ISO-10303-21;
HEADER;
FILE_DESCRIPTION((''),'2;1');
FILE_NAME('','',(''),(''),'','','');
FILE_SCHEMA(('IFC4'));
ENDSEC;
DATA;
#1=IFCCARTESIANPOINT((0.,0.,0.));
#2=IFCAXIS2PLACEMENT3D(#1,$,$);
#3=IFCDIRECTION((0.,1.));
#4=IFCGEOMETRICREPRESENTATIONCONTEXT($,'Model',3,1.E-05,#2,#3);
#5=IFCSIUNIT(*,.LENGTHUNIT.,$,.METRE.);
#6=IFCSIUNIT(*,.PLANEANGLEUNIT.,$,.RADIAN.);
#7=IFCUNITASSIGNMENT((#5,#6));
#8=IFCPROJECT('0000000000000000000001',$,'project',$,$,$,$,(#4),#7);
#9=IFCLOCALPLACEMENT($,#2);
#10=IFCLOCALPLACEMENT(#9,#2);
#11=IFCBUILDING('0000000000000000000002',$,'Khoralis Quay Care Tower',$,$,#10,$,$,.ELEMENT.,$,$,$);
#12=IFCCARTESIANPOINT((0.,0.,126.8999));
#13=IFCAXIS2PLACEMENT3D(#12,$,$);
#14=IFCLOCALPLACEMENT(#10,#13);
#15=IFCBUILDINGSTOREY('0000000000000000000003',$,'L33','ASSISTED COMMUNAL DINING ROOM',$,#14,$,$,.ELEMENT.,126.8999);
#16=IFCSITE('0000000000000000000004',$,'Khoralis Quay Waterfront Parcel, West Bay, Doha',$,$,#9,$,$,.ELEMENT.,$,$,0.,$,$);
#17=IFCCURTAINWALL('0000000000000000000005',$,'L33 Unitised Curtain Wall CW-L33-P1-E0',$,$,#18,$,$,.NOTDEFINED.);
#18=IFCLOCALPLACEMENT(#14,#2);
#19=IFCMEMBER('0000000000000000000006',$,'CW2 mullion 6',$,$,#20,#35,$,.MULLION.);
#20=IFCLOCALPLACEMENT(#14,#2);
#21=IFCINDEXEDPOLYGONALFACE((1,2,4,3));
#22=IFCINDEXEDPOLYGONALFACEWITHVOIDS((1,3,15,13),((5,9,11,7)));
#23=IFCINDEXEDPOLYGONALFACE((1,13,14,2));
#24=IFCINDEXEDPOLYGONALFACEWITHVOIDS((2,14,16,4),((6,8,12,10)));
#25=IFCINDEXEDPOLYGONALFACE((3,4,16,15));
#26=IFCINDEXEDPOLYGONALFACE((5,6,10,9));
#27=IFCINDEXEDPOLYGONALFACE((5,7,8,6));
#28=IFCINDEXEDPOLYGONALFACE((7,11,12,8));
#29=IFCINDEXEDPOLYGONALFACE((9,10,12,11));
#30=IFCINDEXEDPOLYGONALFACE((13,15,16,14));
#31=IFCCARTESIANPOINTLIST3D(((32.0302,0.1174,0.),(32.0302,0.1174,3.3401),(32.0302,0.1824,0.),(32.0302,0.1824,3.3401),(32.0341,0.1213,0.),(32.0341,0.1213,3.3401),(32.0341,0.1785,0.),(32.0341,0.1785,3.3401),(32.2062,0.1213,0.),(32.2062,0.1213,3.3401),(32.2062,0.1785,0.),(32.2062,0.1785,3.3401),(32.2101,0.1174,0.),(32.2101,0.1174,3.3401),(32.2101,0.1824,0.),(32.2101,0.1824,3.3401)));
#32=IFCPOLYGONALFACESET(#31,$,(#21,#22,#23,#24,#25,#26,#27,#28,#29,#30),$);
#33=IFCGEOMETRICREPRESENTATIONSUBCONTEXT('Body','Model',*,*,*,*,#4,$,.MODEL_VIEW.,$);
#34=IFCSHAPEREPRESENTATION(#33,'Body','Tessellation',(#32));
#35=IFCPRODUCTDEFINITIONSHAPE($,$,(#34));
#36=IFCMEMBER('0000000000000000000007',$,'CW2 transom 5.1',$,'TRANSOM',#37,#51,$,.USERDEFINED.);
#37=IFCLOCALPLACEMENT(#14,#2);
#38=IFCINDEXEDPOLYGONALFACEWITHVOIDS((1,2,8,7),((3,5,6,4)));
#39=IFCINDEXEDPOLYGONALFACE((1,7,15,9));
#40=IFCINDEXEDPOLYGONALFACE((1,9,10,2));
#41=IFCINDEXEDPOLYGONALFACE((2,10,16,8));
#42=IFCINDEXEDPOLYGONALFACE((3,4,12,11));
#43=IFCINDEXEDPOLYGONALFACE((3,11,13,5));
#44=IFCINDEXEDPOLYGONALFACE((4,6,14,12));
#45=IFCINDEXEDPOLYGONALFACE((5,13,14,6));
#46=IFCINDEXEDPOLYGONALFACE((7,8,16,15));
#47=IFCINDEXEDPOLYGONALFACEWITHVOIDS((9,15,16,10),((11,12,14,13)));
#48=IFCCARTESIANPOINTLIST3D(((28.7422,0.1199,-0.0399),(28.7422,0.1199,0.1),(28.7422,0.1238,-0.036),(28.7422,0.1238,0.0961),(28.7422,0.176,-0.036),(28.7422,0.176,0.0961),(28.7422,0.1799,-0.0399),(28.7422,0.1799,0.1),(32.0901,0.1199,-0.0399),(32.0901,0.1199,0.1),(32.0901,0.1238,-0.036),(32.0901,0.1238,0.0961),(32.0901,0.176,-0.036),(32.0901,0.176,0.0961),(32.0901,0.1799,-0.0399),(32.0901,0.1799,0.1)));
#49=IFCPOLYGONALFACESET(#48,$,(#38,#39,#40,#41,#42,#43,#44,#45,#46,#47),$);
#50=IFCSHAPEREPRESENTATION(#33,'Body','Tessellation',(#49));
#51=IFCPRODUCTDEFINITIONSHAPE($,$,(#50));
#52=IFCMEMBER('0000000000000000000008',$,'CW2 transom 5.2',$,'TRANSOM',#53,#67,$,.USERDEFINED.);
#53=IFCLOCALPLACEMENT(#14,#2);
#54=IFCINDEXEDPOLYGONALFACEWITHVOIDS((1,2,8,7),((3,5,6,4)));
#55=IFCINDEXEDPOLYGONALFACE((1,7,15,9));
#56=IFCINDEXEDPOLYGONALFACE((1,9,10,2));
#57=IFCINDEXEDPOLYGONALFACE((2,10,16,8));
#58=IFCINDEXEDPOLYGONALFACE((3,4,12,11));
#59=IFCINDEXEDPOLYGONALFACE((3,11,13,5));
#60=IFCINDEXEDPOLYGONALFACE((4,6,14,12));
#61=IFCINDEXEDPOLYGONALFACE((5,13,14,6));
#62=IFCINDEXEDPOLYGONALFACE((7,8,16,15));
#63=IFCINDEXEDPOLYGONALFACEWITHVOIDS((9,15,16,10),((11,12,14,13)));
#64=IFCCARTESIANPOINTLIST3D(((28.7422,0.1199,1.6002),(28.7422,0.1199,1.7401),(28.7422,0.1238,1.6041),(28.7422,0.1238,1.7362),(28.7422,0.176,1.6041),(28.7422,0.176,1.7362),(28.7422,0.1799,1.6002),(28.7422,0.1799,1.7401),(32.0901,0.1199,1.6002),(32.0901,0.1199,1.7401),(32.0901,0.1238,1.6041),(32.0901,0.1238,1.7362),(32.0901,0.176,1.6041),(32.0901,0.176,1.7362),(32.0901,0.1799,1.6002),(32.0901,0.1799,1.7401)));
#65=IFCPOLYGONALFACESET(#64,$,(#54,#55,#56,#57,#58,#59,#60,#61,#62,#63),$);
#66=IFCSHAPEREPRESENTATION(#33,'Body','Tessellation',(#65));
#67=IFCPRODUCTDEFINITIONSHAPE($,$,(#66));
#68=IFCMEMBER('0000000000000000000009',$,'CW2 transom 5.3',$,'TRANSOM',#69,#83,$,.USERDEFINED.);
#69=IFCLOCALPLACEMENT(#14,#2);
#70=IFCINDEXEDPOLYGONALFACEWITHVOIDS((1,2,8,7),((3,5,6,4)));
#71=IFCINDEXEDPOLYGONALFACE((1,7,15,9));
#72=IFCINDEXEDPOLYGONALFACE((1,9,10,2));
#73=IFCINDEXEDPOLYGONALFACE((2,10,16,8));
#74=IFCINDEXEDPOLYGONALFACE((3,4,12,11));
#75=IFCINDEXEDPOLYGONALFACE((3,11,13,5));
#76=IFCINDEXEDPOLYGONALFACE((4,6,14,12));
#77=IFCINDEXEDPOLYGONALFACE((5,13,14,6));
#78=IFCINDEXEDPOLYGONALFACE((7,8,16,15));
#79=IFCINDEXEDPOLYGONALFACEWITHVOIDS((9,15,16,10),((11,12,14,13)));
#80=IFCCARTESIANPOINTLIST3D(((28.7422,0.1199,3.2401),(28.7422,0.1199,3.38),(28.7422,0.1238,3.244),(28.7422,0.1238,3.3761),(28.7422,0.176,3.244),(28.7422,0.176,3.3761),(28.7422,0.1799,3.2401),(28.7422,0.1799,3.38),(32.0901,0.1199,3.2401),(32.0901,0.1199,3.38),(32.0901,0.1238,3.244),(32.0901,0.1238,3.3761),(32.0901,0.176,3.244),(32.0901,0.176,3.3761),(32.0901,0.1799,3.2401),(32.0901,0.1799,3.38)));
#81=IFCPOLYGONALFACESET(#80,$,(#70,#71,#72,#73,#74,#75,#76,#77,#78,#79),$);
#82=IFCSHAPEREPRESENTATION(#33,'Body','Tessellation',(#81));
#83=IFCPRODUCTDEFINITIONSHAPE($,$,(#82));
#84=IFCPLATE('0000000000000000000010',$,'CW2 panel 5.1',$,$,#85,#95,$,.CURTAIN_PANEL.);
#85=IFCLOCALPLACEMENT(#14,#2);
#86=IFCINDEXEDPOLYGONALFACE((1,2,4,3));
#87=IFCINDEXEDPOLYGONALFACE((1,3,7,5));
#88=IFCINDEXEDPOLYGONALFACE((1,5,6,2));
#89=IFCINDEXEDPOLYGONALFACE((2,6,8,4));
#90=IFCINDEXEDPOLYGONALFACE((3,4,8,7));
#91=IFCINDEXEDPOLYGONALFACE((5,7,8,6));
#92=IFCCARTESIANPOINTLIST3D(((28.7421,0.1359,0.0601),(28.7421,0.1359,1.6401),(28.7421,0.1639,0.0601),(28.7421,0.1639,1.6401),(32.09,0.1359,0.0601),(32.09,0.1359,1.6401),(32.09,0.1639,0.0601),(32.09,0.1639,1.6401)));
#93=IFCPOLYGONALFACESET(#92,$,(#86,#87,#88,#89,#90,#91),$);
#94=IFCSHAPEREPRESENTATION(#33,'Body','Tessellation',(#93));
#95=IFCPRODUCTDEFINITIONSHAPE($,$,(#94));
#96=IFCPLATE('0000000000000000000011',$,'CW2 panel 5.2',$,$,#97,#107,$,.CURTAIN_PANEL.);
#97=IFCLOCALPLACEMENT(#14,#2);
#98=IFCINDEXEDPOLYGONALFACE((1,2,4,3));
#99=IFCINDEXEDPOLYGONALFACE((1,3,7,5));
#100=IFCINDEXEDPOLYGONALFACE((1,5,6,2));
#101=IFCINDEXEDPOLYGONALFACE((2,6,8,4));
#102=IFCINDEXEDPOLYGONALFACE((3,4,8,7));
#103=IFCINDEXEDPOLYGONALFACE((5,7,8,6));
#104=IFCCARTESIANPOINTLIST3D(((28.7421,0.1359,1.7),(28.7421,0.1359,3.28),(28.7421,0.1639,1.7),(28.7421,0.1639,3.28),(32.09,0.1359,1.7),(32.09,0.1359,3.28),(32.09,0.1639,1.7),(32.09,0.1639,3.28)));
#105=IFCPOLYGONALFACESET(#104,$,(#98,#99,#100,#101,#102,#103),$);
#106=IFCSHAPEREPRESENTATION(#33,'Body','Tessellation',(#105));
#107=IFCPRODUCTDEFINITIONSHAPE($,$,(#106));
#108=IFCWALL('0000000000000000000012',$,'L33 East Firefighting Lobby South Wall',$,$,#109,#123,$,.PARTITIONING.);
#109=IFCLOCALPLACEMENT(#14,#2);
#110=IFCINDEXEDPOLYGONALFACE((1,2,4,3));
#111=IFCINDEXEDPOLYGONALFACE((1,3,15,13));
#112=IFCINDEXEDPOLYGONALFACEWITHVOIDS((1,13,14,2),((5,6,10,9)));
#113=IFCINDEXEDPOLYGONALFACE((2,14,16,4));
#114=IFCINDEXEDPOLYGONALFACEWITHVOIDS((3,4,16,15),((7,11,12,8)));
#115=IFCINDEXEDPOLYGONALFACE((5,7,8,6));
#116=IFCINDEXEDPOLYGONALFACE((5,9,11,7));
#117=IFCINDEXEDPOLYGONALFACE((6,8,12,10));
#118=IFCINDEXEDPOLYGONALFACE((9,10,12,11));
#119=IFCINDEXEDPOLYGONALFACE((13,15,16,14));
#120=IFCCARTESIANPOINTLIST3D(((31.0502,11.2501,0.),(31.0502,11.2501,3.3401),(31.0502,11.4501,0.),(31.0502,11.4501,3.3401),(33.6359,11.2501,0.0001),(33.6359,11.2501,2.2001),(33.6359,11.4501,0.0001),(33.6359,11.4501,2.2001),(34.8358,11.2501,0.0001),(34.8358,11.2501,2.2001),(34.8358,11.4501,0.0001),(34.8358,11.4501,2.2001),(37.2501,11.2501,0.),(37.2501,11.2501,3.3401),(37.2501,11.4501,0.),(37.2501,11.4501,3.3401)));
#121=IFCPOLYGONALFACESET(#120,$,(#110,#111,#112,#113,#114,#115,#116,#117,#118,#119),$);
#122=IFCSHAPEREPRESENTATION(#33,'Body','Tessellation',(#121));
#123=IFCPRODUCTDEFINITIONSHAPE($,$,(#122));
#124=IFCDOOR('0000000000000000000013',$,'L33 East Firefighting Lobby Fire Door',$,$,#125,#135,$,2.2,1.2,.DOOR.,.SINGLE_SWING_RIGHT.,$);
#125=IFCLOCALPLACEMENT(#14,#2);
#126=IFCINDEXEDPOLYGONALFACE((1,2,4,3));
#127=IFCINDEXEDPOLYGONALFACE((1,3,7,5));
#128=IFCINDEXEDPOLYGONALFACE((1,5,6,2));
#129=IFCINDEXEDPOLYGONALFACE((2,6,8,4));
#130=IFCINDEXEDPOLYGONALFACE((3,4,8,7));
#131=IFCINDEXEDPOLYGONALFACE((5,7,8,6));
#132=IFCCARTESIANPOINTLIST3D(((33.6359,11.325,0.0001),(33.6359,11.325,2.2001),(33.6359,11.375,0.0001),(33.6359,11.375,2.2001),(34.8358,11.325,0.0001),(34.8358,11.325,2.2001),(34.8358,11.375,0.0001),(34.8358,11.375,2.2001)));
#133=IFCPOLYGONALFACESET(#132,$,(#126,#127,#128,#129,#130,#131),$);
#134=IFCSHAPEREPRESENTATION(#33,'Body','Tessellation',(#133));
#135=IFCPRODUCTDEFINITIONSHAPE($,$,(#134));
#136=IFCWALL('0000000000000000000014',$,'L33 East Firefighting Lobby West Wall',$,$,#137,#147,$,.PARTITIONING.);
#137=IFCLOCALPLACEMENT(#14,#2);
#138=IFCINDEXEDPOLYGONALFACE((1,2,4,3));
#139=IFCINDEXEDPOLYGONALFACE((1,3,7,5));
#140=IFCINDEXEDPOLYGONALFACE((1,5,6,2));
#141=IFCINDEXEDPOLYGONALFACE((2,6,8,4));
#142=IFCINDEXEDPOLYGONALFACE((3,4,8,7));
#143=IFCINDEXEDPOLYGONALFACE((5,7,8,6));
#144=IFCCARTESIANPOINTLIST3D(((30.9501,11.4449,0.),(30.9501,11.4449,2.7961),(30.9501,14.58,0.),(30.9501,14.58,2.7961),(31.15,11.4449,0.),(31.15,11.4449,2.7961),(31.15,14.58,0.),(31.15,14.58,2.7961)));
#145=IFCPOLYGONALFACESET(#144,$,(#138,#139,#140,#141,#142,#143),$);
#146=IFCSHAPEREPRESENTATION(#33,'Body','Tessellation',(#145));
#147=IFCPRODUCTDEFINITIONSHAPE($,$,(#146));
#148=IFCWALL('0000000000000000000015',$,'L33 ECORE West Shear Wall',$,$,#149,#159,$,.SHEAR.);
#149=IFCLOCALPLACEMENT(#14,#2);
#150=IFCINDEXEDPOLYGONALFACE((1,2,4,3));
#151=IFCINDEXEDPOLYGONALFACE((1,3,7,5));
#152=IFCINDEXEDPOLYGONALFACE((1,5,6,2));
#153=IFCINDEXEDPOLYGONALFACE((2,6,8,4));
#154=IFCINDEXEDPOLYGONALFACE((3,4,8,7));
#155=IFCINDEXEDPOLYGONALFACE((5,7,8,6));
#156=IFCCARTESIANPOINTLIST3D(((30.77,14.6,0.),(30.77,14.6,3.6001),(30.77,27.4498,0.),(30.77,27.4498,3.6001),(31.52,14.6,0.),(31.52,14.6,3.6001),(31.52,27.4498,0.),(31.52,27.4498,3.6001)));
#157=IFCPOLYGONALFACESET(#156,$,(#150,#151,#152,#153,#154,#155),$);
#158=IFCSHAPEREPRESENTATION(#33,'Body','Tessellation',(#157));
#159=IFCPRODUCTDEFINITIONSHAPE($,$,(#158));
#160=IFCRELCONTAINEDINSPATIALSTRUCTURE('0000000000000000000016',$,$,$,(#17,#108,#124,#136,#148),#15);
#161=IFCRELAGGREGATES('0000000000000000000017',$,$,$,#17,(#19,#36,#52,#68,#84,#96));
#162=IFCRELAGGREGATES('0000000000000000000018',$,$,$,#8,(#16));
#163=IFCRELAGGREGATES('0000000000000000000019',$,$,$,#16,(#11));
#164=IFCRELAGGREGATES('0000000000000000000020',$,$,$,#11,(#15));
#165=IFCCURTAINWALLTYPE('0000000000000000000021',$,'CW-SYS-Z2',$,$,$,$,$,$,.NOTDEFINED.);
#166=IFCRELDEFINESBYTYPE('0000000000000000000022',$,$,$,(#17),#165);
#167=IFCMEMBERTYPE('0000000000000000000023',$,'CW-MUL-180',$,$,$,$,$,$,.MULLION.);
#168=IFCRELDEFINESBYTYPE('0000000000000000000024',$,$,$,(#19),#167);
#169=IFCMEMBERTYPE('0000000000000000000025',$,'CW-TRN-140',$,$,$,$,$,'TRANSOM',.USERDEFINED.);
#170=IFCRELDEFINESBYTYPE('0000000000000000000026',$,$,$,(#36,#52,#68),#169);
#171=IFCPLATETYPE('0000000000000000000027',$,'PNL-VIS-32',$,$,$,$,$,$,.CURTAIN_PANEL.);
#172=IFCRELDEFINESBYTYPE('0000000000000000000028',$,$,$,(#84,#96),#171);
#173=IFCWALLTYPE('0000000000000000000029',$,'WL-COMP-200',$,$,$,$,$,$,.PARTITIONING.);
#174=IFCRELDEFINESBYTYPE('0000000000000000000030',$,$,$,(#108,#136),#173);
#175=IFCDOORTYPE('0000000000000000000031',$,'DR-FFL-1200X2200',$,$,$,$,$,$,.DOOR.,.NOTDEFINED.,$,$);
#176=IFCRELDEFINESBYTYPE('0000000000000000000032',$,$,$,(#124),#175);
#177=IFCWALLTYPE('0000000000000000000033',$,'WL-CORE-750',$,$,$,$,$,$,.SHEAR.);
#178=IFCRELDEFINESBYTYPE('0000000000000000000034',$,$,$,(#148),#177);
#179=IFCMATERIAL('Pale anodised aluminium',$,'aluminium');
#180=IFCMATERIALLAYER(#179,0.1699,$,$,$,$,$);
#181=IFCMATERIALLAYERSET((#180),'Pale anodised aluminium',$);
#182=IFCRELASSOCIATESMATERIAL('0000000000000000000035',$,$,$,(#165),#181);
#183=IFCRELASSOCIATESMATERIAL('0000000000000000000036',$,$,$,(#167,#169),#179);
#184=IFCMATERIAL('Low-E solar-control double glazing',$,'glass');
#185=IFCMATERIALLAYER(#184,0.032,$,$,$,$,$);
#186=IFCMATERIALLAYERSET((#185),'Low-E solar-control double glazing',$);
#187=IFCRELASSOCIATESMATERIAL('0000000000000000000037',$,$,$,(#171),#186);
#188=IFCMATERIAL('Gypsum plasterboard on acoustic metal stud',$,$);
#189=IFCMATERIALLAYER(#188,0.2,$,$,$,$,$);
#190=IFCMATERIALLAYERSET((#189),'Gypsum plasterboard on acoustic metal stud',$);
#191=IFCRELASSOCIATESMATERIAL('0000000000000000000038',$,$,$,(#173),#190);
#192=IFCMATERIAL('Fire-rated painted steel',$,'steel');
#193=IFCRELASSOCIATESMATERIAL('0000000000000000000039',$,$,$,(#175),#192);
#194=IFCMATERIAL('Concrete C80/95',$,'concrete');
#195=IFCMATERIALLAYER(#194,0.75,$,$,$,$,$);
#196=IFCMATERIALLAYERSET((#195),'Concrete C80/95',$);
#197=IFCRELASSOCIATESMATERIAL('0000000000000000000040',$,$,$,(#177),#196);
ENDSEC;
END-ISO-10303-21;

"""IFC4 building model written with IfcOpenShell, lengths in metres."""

from ifc_helpers import new_model, si_unit, direction, frame, frame_2d, origin, origin_2d, place, context, subcontext, project, spatial, rectangle, hollow_rectangle, extrude, source, transform, mapped, material, layer, layer_set, material_profile, profile_set, type_object, element, fill, aggregate, save


model = new_model("IFC4")

# Units and contexts
model_context = context("Model", 3, precision=1e-05, world=origin(), true_north=direction((0.0, 1.0)))
body_context = subcontext(model_context, "Body", "Model", "MODEL_VIEW")
ifc_project = project(units=[si_unit("LENGTHUNIT", "METRE"), si_unit("PLANEANGLEUNIT", "RADIAN")], contexts=[model_context])

# Site, building, storey
site_placement = place(None, origin())
site = spatial("IfcSite", under=ifc_project, at=site_placement, Name="Khoralis Quay Waterfront Parcel, West Bay, Doha", CompositionType="ELEMENT", RefElevation=0.0)
building_placement = place(site_placement, origin())
building = spatial("IfcBuilding", under=site, at=building_placement, Name="Khoralis Quay Care Tower", CompositionType="ELEMENT")
storey_placement = place(building_placement, frame((0.0, 0.0, 126.8999)))
storey = spatial("IfcBuildingStorey", under=building, at=storey_placement, Name="L33", Description="ASSISTED COMMUNAL DINING ROOM", CompositionType="ELEMENT", Elevation=126.8999)

# Curtain wall, members, plates
ifc_material_1 = material(Name="Pale anodised aluminium", Category="aluminium")
ifc_layer_1 = layer(ifc_material_1, 0.1699)
ifc_layer_set_1 = layer_set([ifc_layer_1], Name="Pale anodised aluminium")
curtain_wall_type = type_object("IfcCurtainWallType", Name="CW-SYS-Z2", PredefinedType="NOTDEFINED", material=ifc_layer_set_1)
curtain_wall_placement = place(storey_placement, origin())
curtain_wall = element("IfcCurtainWall", 1, at=curtain_wall_placement, inside=storey, type_object=curtain_wall_type, Name="L33 Unitised Curtain Wall CW-L33-P1-E0", PredefinedType="NOTDEFINED")
ifc_material_profile_1 = material_profile(ifc_material_1, hollow_rectangle(XDim=0.0649, YDim=0.1799, WallThickness=0.0039, at=origin_2d()), Name="Pale anodised aluminium")
ifc_profile_set_1 = profile_set([ifc_material_profile_1], Name="Pale anodised aluminium")
member_type_1 = type_object("IfcMemberType", Name="CW-MUL-180", PredefinedType="MULLION", material=ifc_profile_set_1)
shared_shape_1 = source(origin(), body_context, "Body", "SweptSolid", [
    extrude(hollow_rectangle(XDim=0.0649, YDim=0.1799, WallThickness=0.0039, at=origin_2d()), origin(), (0.0, 0.0, 1.0), 3.3401),
])
member_1_placement = place(storey_placement, frame((32.1201, 0.1499, 0.0), z_axis=(0.0, 0.0, 1.0), x_axis=(0.0, 1.0, 0.0)))
member_1 = element("IfcMember", 2, at=member_1_placement, type_object=member_type_1, Name="CW2 mullion 6", PredefinedType="MULLION", context=body_context, shape_type="MappedRepresentation", body=[
    mapped(shared_shape_1, transform((0.0, 0.0, 0.0), scale=1.0)),
])
ifc_material_profile_2 = material_profile(ifc_material_1, hollow_rectangle(XDim=0.0601, YDim=0.1399, WallThickness=0.0039, at=origin_2d()), Name="Pale anodised aluminium")
ifc_profile_set_2 = profile_set([ifc_material_profile_2], Name="Pale anodised aluminium")
member_type_2 = type_object("IfcMemberType", Name="CW-TRN-140", ElementType="TRANSOM", PredefinedType="USERDEFINED", material=ifc_profile_set_2)
shared_shape_2 = source(origin(), body_context, "Body", "SweptSolid", [
    extrude(hollow_rectangle(XDim=0.0601, YDim=0.1399, WallThickness=0.0039, at=origin_2d()), origin(), (0.0, 0.0, 1.0), 3.3479),
])
member_2_placement = place(storey_placement, frame((28.7422, 0.1499, 0.03), z_axis=(1.0, 0.0, 0.0), x_axis=(0.0, 1.0, 0.0)))
member_2 = element("IfcMember", 3, at=member_2_placement, type_object=member_type_2, Name="CW2 transom 5.1", ObjectType="TRANSOM", PredefinedType="USERDEFINED", context=body_context, shape_type="MappedRepresentation", body=[
    mapped(shared_shape_2, transform((0.0, 0.0, 0.0), scale=1.0)),
])
member_3_placement = place(storey_placement, frame((28.7422, 0.1499, 1.6702), z_axis=(1.0, 0.0, 0.0), x_axis=(0.0, 1.0, 0.0)))
member_3 = element("IfcMember", 4, at=member_3_placement, type_object=member_type_2, Name="CW2 transom 5.2", ObjectType="TRANSOM", PredefinedType="USERDEFINED", context=body_context, shape_type="MappedRepresentation", body=[
    mapped(shared_shape_2, transform((0.0, 0.0, 0.0), scale=1.0)),
])
member_4_placement = place(storey_placement, frame((28.7422, 0.1499, 3.3101), z_axis=(1.0, 0.0, 0.0), x_axis=(0.0, 1.0, 0.0)))
member_4 = element("IfcMember", 5, at=member_4_placement, type_object=member_type_2, Name="CW2 transom 5.3", ObjectType="TRANSOM", PredefinedType="USERDEFINED", context=body_context, shape_type="MappedRepresentation", body=[
    mapped(shared_shape_2, transform((0.0, 0.0, 0.0), scale=1.0)),
])
ifc_material_2 = material(Name="Low-E solar-control double glazing", Category="glass")
ifc_layer_2 = layer(ifc_material_2, 0.032)
ifc_layer_set_2 = layer_set([ifc_layer_2], Name="Low-E solar-control double glazing")
plate_type = type_object("IfcPlateType", Name="PNL-VIS-32", PredefinedType="CURTAIN_PANEL", material=ifc_layer_set_2)
shared_shape_3 = source(origin(), body_context, "Body", "SweptSolid", [
    extrude(rectangle(XDim=3.3479, YDim=0.0281, at=origin_2d()), origin(), (0.0, 0.0, 1.0), 1.5801),
])
plate_1_placement = place(storey_placement, frame((30.416, 0.1499, 0.0601), z_axis=(0.0, 0.0, 1.0), x_axis=(1.0, 0.0, 0.0)))
plate_1 = element("IfcPlate", 6, at=plate_1_placement, type_object=plate_type, Name="CW2 panel 5.1", PredefinedType="CURTAIN_PANEL", context=body_context, shape_type="MappedRepresentation", body=[
    mapped(shared_shape_3, transform((0.0, 0.0, 0.0), scale=1.0)),
])
plate_2_placement = place(storey_placement, frame((30.416, 0.1499, 1.7), z_axis=(0.0, 0.0, 1.0), x_axis=(1.0, 0.0, 0.0)))
plate_2 = element("IfcPlate", 7, at=plate_2_placement, type_object=plate_type, Name="CW2 panel 5.2", PredefinedType="CURTAIN_PANEL", context=body_context, shape_type="MappedRepresentation", body=[
    mapped(shared_shape_3, transform((0.0, 0.0, 0.0), scale=1.0)),
])
aggregate(curtain_wall, [member_1, member_2, member_3, member_4, plate_1, plate_2])

# Wall, opening, door
ifc_material_3 = material(Name="Gypsum plasterboard on acoustic metal stud")
ifc_layer_3 = layer(ifc_material_3, 0.2)
ifc_layer_set_3 = layer_set([ifc_layer_3], Name="Gypsum plasterboard on acoustic metal stud")
wall_type_1 = type_object("IfcWallType", Name="WL-COMP-200", PredefinedType="PARTITIONING", material=ifc_layer_set_3)
wall_1_placement = place(storey_placement, frame((31.05, 11.3501, 0.0), z_axis=(0.0, 0.0, 1.0), x_axis=(1.0, 0.0, 0.0)))
wall_1 = element("IfcWall", 8, at=wall_1_placement, inside=storey, type_object=wall_type_1, Name="L33 East Firefighting Lobby South Wall", PredefinedType="PARTITIONING", context=body_context, shape_type="SweptSolid", body=[
    extrude(rectangle(XDim=6.2, YDim=0.2, at=frame_2d((3.1001, 0.0))), origin(), (0.0, 0.0, 1.0), 3.3401),
])
opening_1_placement = place(wall_1_placement, frame((2.5857, 0.0, 0.0)))
opening_1 = element("IfcOpeningElement", 9, at=opening_1_placement, cuts=wall_1, PredefinedType="OPENING", context=body_context, shape_type="SweptSolid", body=[
    extrude(rectangle(XDim=1.2, YDim=2.2, at=frame_2d((0.6001, 1.1001))), frame((0.0, 0.1099, 0.0), z_axis=(0.0, -1.0, 0.0), x_axis=(1.0, 0.0, 0.0)), (0.0, 0.0, 1.0), 0.22),
])
ifc_material_4 = material(Name="Fire-rated painted steel", Category="steel")
door_type_1 = type_object("IfcDoorType", Name="DR-FFL-1200X2200", OperationType="NOTDEFINED", PredefinedType="DOOR", material=ifc_material_4)
shared_shape_4 = source(origin(), body_context, "Body", "SweptSolid", [
    extrude(rectangle(XDim=1.2, YDim=2.2, at=frame_2d((0.6001, 1.1001))), frame((0.0, 0.0249, 0.0), z_axis=(0.0, -1.0, 0.0), x_axis=(1.0, 0.0, 0.0)), (0.0, 0.0, 1.0), 0.05),
])
door_1_placement = place(opening_1_placement, origin())
door_1 = element("IfcDoor", 10, at=door_1_placement, inside=storey, type_object=door_type_1, Name="L33 East Firefighting Lobby Fire Door", OperationType="SINGLE_SWING_RIGHT", OverallHeight=2.2, OverallWidth=1.2, PredefinedType="DOOR", context=body_context, shape_type="MappedRepresentation", body=[
    mapped(shared_shape_4, transform((0.0, 0.0, 0.0), scale=1.0)),
])
fill(opening_1, door_1)

# Walls
wall_2_placement = place(storey_placement, frame((31.05, 11.4451, 0.0), z_axis=(0.0, 0.0, 1.0), x_axis=(0.0, 1.0, 0.0)))
element("IfcWall", 11, at=wall_2_placement, inside=storey, type_object=wall_type_1, Name="L33 East Firefighting Lobby West Wall", PredefinedType="PARTITIONING", context=body_context, shape_type="SweptSolid", body=[
    extrude(rectangle(XDim=3.135, YDim=0.2, at=frame_2d((1.5674, 0.0))), origin(), (0.0, 0.0, 1.0), 2.7961),
])
ifc_material_5 = material(Name="Concrete C80/95", Category="concrete")
ifc_layer_4 = layer(ifc_material_5, 0.75)
ifc_layer_set_4 = layer_set([ifc_layer_4], Name="Concrete C80/95")
wall_type_2 = type_object("IfcWallType", Name="WL-CORE-750", PredefinedType="SHEAR", material=ifc_layer_set_4)
wall_3_placement = place(storey_placement, frame((31.145, 14.6001, 0.0), z_axis=(0.0, 0.0, 1.0), x_axis=(0.0, 1.0, 0.0)))
element("IfcWall", 12, at=wall_3_placement, inside=storey, type_object=wall_type_2, Name="L33 ECORE West Shear Wall", PredefinedType="SHEAR", context=body_context, shape_type="SweptSolid", body=[
    extrude(rectangle(XDim=12.8499, YDim=0.75, at=frame_2d((6.4248, 0.0))), origin(), (0.0, 0.0, 1.0), 3.6001),
])

save(model, "model.ifc")
